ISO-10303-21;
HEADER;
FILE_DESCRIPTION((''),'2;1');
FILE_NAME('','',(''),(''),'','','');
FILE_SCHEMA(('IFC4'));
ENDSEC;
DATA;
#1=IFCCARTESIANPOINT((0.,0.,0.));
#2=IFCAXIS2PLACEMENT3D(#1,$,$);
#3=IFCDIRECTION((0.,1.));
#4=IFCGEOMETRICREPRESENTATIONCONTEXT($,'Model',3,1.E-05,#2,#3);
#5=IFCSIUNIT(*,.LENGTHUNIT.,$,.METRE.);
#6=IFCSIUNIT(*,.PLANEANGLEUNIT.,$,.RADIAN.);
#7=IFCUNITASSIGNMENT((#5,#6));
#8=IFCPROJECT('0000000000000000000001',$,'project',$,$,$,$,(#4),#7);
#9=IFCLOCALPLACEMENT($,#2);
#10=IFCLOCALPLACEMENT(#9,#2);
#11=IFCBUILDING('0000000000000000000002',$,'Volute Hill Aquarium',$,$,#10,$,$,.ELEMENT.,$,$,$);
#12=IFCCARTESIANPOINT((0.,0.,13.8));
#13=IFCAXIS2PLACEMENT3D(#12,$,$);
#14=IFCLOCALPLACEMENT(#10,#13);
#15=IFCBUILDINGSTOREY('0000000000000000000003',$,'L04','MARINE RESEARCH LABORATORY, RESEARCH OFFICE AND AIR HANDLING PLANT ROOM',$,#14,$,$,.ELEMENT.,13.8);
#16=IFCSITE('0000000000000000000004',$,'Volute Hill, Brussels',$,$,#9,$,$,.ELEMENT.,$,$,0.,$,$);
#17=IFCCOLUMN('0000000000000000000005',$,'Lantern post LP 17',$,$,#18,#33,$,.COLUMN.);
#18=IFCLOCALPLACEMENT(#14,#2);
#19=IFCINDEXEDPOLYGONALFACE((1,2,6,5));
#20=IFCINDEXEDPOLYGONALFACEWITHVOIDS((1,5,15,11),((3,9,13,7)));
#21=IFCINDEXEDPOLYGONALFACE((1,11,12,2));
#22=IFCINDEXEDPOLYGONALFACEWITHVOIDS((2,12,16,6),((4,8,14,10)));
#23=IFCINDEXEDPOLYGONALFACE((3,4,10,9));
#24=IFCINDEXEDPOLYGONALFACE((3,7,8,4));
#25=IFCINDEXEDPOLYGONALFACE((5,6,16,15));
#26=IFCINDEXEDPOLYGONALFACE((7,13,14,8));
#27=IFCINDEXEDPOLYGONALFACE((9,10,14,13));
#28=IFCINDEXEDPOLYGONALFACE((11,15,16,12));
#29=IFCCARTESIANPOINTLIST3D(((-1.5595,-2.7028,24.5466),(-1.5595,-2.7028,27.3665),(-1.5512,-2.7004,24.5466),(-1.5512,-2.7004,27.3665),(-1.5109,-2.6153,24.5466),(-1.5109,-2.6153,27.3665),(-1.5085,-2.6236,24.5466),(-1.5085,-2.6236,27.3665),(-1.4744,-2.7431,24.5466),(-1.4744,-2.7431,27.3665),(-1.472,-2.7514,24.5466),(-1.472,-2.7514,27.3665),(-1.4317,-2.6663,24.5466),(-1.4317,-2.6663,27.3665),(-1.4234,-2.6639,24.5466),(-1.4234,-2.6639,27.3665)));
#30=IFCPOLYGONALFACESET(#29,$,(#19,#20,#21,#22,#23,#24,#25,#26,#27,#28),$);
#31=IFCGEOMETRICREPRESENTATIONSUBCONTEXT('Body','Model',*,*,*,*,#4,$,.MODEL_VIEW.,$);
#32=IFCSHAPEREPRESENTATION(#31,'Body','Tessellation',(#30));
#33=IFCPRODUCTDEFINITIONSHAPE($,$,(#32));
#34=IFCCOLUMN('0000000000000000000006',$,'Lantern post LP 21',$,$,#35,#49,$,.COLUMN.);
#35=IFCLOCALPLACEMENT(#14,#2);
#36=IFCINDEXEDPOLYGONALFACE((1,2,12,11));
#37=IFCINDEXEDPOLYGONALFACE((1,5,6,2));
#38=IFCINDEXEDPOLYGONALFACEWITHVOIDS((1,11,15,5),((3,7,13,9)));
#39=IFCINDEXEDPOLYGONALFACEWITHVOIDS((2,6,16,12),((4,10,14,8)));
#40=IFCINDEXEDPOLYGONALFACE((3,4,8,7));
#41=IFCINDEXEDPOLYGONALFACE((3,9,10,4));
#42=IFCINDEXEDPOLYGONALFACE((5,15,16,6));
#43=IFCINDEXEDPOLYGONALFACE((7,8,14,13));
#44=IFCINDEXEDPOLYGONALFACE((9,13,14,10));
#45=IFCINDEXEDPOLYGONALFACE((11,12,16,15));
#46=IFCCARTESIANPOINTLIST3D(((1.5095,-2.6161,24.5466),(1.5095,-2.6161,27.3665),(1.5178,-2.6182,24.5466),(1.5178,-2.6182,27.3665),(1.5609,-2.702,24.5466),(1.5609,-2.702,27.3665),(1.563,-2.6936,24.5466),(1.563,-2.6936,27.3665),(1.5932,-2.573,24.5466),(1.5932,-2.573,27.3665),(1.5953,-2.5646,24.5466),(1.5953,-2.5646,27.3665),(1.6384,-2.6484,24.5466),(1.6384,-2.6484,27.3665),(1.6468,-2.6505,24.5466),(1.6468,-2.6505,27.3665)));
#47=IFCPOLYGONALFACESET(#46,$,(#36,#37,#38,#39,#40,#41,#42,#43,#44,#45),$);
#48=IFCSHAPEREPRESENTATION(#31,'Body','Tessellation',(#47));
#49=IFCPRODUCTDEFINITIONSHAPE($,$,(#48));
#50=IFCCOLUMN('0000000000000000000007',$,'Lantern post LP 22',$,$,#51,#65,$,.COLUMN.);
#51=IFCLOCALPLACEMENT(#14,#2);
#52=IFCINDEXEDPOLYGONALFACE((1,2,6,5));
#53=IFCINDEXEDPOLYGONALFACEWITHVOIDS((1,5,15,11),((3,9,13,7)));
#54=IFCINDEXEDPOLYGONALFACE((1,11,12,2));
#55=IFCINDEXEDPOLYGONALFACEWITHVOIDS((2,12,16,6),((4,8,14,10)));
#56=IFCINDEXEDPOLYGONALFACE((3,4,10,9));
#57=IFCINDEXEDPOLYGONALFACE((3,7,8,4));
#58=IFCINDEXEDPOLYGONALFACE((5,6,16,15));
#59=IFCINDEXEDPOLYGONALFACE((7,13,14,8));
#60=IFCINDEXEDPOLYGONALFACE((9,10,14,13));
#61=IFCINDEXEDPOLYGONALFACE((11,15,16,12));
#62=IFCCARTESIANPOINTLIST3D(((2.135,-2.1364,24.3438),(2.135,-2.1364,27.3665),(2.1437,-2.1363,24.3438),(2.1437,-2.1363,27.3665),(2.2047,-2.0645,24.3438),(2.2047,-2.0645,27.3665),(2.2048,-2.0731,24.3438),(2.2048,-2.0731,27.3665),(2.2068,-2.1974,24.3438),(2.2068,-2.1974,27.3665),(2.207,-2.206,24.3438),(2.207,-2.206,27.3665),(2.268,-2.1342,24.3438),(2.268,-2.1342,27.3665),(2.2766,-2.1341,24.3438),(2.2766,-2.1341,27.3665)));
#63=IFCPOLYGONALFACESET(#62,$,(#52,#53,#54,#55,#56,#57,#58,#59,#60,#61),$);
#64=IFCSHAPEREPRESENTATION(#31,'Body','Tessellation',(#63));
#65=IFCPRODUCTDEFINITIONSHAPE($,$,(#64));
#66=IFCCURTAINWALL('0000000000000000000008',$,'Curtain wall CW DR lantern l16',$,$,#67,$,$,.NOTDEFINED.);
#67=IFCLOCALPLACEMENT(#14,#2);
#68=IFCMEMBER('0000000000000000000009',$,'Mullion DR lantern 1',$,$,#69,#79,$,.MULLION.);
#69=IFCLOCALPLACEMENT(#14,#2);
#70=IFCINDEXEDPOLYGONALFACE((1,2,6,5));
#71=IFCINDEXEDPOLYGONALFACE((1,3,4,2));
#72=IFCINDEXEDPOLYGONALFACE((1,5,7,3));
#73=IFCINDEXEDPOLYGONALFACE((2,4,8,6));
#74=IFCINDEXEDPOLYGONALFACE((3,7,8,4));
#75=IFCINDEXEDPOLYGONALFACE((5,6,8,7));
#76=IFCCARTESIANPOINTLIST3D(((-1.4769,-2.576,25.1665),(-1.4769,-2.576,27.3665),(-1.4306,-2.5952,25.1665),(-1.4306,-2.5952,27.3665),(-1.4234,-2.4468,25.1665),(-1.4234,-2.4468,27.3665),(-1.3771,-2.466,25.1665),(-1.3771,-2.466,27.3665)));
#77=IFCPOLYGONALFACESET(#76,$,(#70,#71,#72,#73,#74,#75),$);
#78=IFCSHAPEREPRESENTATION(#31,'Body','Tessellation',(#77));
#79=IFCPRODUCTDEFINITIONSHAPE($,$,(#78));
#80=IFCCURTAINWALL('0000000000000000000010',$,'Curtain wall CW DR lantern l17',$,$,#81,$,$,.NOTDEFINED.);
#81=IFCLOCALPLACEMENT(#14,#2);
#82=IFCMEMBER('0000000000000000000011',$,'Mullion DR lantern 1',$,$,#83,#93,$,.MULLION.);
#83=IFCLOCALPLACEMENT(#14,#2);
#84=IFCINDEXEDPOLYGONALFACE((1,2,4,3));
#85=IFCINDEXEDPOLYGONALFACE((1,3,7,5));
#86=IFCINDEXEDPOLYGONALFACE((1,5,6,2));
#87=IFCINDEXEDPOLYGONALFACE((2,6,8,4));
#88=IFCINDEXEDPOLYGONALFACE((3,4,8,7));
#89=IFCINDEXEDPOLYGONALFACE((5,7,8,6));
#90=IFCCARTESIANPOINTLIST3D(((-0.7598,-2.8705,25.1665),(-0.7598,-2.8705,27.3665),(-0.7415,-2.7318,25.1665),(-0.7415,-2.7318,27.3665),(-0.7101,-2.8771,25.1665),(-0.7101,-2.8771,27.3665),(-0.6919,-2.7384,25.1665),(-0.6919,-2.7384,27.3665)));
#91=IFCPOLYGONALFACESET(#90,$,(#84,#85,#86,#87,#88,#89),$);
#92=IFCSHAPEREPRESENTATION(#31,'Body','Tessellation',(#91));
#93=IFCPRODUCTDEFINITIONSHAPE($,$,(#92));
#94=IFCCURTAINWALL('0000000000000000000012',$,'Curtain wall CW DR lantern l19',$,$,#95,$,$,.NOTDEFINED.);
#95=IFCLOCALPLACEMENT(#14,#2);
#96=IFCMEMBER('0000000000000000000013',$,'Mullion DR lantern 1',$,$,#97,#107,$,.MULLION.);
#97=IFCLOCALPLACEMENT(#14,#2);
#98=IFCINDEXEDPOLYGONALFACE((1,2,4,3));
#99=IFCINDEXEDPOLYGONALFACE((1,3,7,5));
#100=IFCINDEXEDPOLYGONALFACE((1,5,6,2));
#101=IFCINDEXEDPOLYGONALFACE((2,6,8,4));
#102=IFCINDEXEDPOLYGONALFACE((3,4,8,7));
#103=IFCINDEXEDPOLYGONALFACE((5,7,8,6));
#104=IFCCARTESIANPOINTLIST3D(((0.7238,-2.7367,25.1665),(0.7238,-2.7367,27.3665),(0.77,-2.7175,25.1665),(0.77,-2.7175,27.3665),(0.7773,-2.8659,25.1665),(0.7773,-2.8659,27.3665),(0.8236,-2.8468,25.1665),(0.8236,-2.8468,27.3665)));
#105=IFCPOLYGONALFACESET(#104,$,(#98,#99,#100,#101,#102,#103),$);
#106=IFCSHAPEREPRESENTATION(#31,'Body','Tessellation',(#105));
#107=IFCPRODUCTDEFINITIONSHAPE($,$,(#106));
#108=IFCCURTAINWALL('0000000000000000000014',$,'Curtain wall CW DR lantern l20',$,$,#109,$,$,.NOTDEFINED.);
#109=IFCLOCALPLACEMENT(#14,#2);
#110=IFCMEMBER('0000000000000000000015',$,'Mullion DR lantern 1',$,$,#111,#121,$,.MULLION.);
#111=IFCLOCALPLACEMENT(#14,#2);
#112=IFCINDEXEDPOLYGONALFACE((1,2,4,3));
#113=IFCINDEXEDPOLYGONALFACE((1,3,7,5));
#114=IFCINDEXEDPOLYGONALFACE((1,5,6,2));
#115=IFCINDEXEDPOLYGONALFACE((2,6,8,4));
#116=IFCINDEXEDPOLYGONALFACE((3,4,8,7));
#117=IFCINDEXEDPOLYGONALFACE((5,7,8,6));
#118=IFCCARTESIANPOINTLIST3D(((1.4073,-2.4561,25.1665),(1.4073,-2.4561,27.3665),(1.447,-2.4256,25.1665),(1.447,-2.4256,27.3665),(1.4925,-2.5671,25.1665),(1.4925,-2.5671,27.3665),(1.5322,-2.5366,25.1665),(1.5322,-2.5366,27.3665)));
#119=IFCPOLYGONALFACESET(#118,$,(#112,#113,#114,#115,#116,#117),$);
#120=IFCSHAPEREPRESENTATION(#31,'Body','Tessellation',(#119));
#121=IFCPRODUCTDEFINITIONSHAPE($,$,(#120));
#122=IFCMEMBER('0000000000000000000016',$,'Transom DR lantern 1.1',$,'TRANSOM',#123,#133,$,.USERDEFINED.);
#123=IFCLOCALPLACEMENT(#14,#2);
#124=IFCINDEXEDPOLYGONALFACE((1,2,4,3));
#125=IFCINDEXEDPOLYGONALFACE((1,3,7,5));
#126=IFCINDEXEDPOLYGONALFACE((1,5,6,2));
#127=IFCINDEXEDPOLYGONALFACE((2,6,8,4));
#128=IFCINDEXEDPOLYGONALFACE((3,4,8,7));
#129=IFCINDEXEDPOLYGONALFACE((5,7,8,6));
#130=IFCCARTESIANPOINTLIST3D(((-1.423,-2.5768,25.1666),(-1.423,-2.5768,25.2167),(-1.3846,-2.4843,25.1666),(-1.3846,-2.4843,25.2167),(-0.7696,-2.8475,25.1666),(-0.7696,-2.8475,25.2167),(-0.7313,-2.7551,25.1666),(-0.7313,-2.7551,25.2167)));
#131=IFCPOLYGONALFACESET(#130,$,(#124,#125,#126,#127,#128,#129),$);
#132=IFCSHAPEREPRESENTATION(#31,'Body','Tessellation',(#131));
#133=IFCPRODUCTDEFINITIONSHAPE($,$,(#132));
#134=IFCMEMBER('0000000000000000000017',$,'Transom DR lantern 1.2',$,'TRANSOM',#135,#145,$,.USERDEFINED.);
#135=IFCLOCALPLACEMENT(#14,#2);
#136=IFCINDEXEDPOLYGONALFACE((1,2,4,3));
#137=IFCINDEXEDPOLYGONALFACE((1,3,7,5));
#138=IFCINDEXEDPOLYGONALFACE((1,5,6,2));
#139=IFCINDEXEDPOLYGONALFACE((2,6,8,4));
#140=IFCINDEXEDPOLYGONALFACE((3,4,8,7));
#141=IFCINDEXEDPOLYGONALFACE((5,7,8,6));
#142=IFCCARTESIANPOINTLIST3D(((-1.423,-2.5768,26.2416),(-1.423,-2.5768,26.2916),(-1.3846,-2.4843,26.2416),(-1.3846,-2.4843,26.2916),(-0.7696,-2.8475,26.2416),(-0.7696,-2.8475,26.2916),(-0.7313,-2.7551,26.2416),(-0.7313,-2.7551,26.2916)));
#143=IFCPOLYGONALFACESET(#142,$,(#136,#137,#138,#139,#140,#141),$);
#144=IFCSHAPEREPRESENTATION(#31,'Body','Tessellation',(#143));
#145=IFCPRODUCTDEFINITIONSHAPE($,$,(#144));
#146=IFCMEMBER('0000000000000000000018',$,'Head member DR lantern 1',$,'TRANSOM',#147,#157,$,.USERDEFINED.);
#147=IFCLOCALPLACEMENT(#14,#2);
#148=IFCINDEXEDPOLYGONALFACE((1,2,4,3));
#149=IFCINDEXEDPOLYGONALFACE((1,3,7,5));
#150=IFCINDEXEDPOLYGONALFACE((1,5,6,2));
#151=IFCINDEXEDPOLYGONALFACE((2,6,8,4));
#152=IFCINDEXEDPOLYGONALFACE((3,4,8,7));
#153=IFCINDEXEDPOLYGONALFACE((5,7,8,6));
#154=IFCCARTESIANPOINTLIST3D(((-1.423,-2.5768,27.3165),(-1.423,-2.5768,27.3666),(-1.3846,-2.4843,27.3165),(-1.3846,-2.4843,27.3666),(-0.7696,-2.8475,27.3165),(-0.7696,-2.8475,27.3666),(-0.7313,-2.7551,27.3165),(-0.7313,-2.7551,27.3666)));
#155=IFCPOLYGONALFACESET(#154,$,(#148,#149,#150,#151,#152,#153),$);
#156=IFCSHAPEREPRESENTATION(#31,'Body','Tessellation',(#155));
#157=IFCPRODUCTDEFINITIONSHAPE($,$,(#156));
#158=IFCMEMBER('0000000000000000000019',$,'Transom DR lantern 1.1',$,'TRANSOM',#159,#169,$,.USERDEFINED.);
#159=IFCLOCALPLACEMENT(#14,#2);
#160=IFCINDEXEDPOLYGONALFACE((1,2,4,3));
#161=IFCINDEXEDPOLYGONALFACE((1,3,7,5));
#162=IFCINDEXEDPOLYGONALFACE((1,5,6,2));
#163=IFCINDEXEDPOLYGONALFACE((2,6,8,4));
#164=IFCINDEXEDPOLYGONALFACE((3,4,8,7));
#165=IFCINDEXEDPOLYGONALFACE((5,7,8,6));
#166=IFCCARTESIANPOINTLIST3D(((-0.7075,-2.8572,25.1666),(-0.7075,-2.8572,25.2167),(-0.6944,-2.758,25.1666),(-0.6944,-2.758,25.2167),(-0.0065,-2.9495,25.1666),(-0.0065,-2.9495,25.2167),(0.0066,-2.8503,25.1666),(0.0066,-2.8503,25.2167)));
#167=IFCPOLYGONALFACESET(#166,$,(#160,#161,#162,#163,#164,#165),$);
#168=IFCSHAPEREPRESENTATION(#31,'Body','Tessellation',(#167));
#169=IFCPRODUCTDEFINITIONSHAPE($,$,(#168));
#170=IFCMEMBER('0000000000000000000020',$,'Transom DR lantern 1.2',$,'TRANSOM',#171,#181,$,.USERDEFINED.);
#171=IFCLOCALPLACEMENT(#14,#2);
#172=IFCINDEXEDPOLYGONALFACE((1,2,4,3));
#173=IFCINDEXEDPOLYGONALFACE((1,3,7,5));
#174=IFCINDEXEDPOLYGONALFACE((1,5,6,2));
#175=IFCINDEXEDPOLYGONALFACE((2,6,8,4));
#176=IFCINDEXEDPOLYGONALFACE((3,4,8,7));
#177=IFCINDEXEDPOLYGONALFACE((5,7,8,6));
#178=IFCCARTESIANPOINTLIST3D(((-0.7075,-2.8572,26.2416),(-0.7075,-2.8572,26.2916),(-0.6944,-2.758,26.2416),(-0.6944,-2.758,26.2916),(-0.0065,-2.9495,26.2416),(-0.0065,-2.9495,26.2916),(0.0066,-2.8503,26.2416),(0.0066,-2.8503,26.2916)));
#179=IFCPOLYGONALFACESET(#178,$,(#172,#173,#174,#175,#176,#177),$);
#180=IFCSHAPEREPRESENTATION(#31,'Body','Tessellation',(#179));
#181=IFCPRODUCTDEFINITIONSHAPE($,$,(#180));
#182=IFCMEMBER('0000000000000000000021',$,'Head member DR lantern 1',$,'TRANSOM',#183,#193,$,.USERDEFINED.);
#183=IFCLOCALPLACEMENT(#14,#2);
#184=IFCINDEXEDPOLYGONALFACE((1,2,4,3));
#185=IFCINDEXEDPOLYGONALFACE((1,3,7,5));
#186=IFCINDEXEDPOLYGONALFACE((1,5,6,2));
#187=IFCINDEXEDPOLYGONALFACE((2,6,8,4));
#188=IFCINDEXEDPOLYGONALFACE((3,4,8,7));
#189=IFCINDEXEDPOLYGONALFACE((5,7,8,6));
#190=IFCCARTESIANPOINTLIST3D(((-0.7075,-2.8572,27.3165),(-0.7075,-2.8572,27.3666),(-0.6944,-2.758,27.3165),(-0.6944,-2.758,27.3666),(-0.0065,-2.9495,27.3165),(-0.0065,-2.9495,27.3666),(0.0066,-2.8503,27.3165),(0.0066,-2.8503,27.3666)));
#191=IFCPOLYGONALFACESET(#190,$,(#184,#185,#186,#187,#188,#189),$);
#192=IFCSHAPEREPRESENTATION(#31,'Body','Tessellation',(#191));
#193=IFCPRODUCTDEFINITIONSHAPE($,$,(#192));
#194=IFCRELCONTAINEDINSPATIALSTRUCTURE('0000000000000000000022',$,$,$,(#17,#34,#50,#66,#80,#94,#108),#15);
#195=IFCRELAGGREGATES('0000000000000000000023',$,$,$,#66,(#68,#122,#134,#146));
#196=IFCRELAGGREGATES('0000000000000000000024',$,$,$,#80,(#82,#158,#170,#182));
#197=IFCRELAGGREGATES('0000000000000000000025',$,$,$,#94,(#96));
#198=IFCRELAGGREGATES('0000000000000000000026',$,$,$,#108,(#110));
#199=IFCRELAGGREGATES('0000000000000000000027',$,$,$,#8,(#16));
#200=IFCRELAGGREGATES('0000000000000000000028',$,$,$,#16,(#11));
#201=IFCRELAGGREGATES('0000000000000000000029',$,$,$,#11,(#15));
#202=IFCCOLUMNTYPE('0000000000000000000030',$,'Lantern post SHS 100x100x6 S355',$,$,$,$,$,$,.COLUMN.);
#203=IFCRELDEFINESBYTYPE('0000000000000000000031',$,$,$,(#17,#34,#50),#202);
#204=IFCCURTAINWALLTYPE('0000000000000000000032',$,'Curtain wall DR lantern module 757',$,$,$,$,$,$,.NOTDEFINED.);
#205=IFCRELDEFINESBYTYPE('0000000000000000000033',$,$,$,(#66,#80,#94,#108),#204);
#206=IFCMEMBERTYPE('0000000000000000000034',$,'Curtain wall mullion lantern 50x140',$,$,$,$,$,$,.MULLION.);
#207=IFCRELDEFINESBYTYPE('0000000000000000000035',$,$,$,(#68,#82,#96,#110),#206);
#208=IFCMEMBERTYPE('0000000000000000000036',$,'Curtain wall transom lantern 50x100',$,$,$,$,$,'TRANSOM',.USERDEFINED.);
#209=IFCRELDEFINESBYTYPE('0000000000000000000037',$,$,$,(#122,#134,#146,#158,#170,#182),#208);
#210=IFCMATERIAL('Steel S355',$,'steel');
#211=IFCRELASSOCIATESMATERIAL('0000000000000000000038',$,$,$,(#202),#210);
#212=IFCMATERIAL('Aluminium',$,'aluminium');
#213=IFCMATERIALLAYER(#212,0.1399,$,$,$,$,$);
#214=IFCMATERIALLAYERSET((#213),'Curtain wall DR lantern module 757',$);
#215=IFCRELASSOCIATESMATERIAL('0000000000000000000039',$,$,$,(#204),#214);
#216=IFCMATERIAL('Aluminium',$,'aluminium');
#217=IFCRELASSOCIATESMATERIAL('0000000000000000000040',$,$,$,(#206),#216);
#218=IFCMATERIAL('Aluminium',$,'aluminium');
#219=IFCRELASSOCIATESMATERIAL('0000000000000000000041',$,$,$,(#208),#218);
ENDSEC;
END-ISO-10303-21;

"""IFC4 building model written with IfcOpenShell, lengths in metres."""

from ifc_helpers import new_model, si_unit, direction, frame, origin, origin_2d, place, context, subcontext, project, spatial, rectangle, hollow_rectangle, extrude, material, layer, layer_set, material_profile, profile_set, type_object, element, aggregate, save


model = new_model("IFC4")

# Units and contexts
model_context = context("Model", 3, precision=1e-05, world=origin(), true_north=direction((0.0, 1.0)))
body_context = subcontext(model_context, "Body", "Model", "MODEL_VIEW")
ifc_project = project(units=[si_unit("LENGTHUNIT", "METRE"), si_unit("PLANEANGLEUNIT", "RADIAN")], contexts=[model_context])

# Site, building, storey
site_placement = place(None, origin())
site = spatial("IfcSite", under=ifc_project, at=site_placement, Name="Volute Hill, Brussels", CompositionType="ELEMENT", RefElevation=0.0)
building_placement = place(site_placement, origin())
building = spatial("IfcBuilding", under=site, at=building_placement, Name="Volute Hill Aquarium", CompositionType="ELEMENT")
storey_placement = place(building_placement, frame((0.0, 0.0, 13.8)))
storey = spatial("IfcBuildingStorey", under=building, at=storey_placement, Name="L04", Description="MARINE RESEARCH LABORATORY, RESEARCH OFFICE AND AIR HANDLING PLANT ROOM", CompositionType="ELEMENT", Elevation=13.8)

# Columns
ifc_material_1 = material(Name="Steel S355", Category="steel")
ifc_material_profile_1 = material_profile(ifc_material_1, hollow_rectangle(XDim=0.1001, YDim=0.1001, WallThickness=0.0061, at=origin_2d()), Name="SHS 100x100x6")
ifc_profile_set_1 = profile_set([ifc_material_profile_1], Name="Steel S355")
column_type = type_object("IfcColumnType", Name="Lantern post SHS 100x100x6 S355", PredefinedType="COLUMN", material=ifc_profile_set_1)
for number, where, z_axis, x_axis, name in (
    (1, (-1.4915, -2.6833, 24.5466), (0.0, 0.0, 1.0), (-0.48583, -0.874054, 0.0), "Lantern post LP 17"),
    (2, (1.5781, -2.6333, 24.5466), (0.0, 0.0, 1.0), (0.514038, -0.857768, 0.0), "Lantern post LP 21"),
):
    element("IfcColumn", number, at=place(storey_placement, frame(where, z_axis=z_axis, x_axis=x_axis)), inside=storey, type_object=column_type, Name=name, PredefinedType="COLUMN", context=body_context, shape_type="SweptSolid", body=[
        extrude(hollow_rectangle(XDim=0.1001, YDim=0.1001, WallThickness=0.0061, at=origin_2d()), origin(), (0.0, 0.0, 1.0), 2.8198),
    ])
column_placement = place(storey_placement, frame((2.2058, -2.1353, 24.3438), z_axis=(0.0, 0.0, 1.0), x_axis=(0.718529, -0.695497, 0.0)))
element("IfcColumn", 3, at=column_placement, inside=storey, type_object=column_type, Name="Lantern post LP 22", PredefinedType="COLUMN", context=body_context, shape_type="SweptSolid", body=[
    extrude(hollow_rectangle(XDim=0.1001, YDim=0.1001, WallThickness=0.0061, at=origin_2d()), origin(), (0.0, 0.0, 1.0), 3.0227),
])

# Curtain walls, members
ifc_material_2 = material(Name="Aluminium", Category="aluminium")
ifc_layer_1 = layer(ifc_material_2, 0.1399)
ifc_layer_set_1 = layer_set([ifc_layer_1], Name="Curtain wall DR lantern module 757")
curtain_wall_type = type_object("IfcCurtainWallType", Name="Curtain wall DR lantern module 757", PredefinedType="NOTDEFINED", material=ifc_layer_set_1)
curtain_wall_1_placement = place(storey_placement, origin())
curtain_wall_1 = element("IfcCurtainWall", 4, at=curtain_wall_1_placement, inside=storey, type_object=curtain_wall_type, Name="Curtain wall CW DR lantern l16", PredefinedType="NOTDEFINED")
ifc_material_3 = material(Name="Aluminium", Category="aluminium")
ifc_material_profile_2 = material_profile(ifc_material_3, rectangle(XDim=0.1399, YDim=0.05, at=origin_2d()), Name="Curtain wall mullion lantern 50x140")
ifc_profile_set_2 = profile_set([ifc_material_profile_2], Name="Aluminium")
member_type_1 = type_object("IfcMemberType", Name="Curtain wall mullion lantern 50x140", PredefinedType="MULLION", material=ifc_profile_set_2)
member_1_placement = place(storey_placement, frame((-1.427, -2.521, 25.1665), z_axis=(0.0, 0.0, 1.0), x_axis=(0.382682, 0.92388, 0.0)))
member_1 = element("IfcMember", 5, at=member_1_placement, type_object=member_type_1, Name="Mullion DR lantern 1", PredefinedType="MULLION", context=body_context, shape_type="SweptSolid", body=[
    extrude(rectangle(XDim=0.1399, YDim=0.05, at=origin_2d()), origin(), (0.0, 0.0, 1.0), 2.2),
])
curtain_wall_2_placement = place(storey_placement, origin())
curtain_wall_2 = element("IfcCurtainWall", 6, at=curtain_wall_2_placement, inside=storey, type_object=curtain_wall_type, Name="Curtain wall CW DR lantern l17", PredefinedType="NOTDEFINED")
member_2_placement = place(storey_placement, frame((-0.7258, -2.8044, 25.1665), z_axis=(0.0, 0.0, 1.0), x_axis=(0.130502, 0.991448, 0.0)))
member_2 = element("IfcMember", 7, at=member_2_placement, type_object=member_type_1, Name="Mullion DR lantern 1", PredefinedType="MULLION", context=body_context, shape_type="SweptSolid", body=[
    extrude(rectangle(XDim=0.1399, YDim=0.05, at=origin_2d()), origin(), (0.0, 0.0, 1.0), 2.2),
])
curtain_wall_3_placement = place(storey_placement, origin())
curtain_wall_3 = element("IfcCurtainWall", 8, at=curtain_wall_3_placement, inside=storey, type_object=curtain_wall_type, Name="Curtain wall CW DR lantern l19", PredefinedType="NOTDEFINED")
member_3_placement = place(storey_placement, frame((0.7737, -2.7917, 25.1665), z_axis=(0.0, 0.0, 1.0), x_axis=(-0.382682, 0.92388, 0.0)))
member_3 = element("IfcMember", 9, at=member_3_placement, type_object=member_type_1, Name="Mullion DR lantern 1", PredefinedType="MULLION", context=body_context, shape_type="SweptSolid", body=[
    extrude(rectangle(XDim=0.1399, YDim=0.05, at=origin_2d()), origin(), (0.0, 0.0, 1.0), 2.2),
])
curtain_wall_4_placement = place(storey_placement, origin())
curtain_wall_4 = element("IfcCurtainWall", 10, at=curtain_wall_4_placement, inside=storey, type_object=curtain_wall_type, Name="Curtain wall CW DR lantern l20", PredefinedType="NOTDEFINED")
member_4_placement = place(storey_placement, frame((1.4697, -2.4963, 25.1665), z_axis=(0.0, 0.0, 1.0), x_axis=(-0.608798, 0.793326, 0.0)))
member_4 = element("IfcMember", 11, at=member_4_placement, type_object=member_type_1, Name="Mullion DR lantern 1", PredefinedType="MULLION", context=body_context, shape_type="SweptSolid", body=[
    extrude(rectangle(XDim=0.1399, YDim=0.05, at=origin_2d()), origin(), (0.0, 0.0, 1.0), 2.2),
])

# Members
ifc_material_4 = material(Name="Aluminium", Category="aluminium")
ifc_material_profile_3 = material_profile(ifc_material_4, rectangle(XDim=0.1001, YDim=0.05, at=origin_2d()), Name="Curtain wall transom lantern 50x100")
ifc_profile_set_3 = profile_set([ifc_material_profile_3], Name="Aluminium")
member_type_2 = type_object("IfcMemberType", Name="Curtain wall transom lantern 50x100", ElementType="TRANSOM", PredefinedType="USERDEFINED", material=ifc_profile_set_3)
member_5_placement = place(storey_placement, frame((-1.4038, -2.5305, 25.1917), z_axis=(0.923811, -0.38285, 0.0), x_axis=(0.38285, 0.923811, 0.0)))
member_5 = element("IfcMember", 12, at=member_5_placement, type_object=member_type_2, Name="Transom DR lantern 1.1", ObjectType="TRANSOM", PredefinedType="USERDEFINED", context=body_context, shape_type="SweptSolid", body=[
    extrude(rectangle(XDim=0.1001, YDim=0.05, at=origin_2d()), origin(), (0.0, 0.0, 1.0), 0.7073),
])
member_6_placement = place(storey_placement, frame((-1.4038, -2.5305, 26.2666), z_axis=(0.923811, -0.38285, 0.0), x_axis=(0.38285, 0.923811, 0.0)))
member_6 = element("IfcMember", 13, at=member_6_placement, type_object=member_type_2, Name="Transom DR lantern 1.2", ObjectType="TRANSOM", PredefinedType="USERDEFINED", context=body_context, shape_type="SweptSolid", body=[
    extrude(rectangle(XDim=0.1001, YDim=0.05, at=origin_2d()), origin(), (0.0, 0.0, 1.0), 0.7073),
])
member_7_placement = place(storey_placement, frame((-1.4038, -2.5305, 27.3416), z_axis=(0.923811, -0.38285, 0.0), x_axis=(0.38285, 0.923811, 0.0)))
member_7 = element("IfcMember", 14, at=member_7_placement, type_object=member_type_2, Name="Head member DR lantern 1", ObjectType="TRANSOM", PredefinedType="USERDEFINED", context=body_context, shape_type="SweptSolid", body=[
    extrude(rectangle(XDim=0.1001, YDim=0.05, at=origin_2d()), origin(), (0.0, 0.0, 1.0), 0.7073),
])
member_8_placement = place(storey_placement, frame((-0.7009, -2.8076, 25.1917), z_axis=(0.991444, -0.130535, 0.0), x_axis=(0.130535, 0.991444, 0.0)))
member_8 = element("IfcMember", 15, at=member_8_placement, type_object=member_type_2, Name="Transom DR lantern 1.1", ObjectType="TRANSOM", PredefinedType="USERDEFINED", context=body_context, shape_type="SweptSolid", body=[
    extrude(rectangle(XDim=0.1001, YDim=0.05, at=origin_2d()), origin(), (0.0, 0.0, 1.0), 0.707),
])
member_9_placement = place(storey_placement, frame((-0.7009, -2.8076, 26.2666), z_axis=(0.991444, -0.130535, 0.0), x_axis=(0.130535, 0.991444, 0.0)))
member_9 = element("IfcMember", 16, at=member_9_placement, type_object=member_type_2, Name="Transom DR lantern 1.2", ObjectType="TRANSOM", PredefinedType="USERDEFINED", context=body_context, shape_type="SweptSolid", body=[
    extrude(rectangle(XDim=0.1001, YDim=0.05, at=origin_2d()), origin(), (0.0, 0.0, 1.0), 0.707),
])
member_10_placement = place(storey_placement, frame((-0.7009, -2.8076, 27.3416), z_axis=(0.991444, -0.130535, 0.0), x_axis=(0.130535, 0.991444, 0.0)))
member_10 = element("IfcMember", 17, at=member_10_placement, type_object=member_type_2, Name="Head member DR lantern 1", ObjectType="TRANSOM", PredefinedType="USERDEFINED", context=body_context, shape_type="SweptSolid", body=[
    extrude(rectangle(XDim=0.1001, YDim=0.05, at=origin_2d()), origin(), (0.0, 0.0, 1.0), 0.707),
])

aggregate(curtain_wall_1, [member_1, member_5, member_6, member_7])
aggregate(curtain_wall_2, [member_2, member_8, member_9, member_10])
aggregate(curtain_wall_3, [member_3])
aggregate(curtain_wall_4, [member_4])

save(model, "model.ifc")
